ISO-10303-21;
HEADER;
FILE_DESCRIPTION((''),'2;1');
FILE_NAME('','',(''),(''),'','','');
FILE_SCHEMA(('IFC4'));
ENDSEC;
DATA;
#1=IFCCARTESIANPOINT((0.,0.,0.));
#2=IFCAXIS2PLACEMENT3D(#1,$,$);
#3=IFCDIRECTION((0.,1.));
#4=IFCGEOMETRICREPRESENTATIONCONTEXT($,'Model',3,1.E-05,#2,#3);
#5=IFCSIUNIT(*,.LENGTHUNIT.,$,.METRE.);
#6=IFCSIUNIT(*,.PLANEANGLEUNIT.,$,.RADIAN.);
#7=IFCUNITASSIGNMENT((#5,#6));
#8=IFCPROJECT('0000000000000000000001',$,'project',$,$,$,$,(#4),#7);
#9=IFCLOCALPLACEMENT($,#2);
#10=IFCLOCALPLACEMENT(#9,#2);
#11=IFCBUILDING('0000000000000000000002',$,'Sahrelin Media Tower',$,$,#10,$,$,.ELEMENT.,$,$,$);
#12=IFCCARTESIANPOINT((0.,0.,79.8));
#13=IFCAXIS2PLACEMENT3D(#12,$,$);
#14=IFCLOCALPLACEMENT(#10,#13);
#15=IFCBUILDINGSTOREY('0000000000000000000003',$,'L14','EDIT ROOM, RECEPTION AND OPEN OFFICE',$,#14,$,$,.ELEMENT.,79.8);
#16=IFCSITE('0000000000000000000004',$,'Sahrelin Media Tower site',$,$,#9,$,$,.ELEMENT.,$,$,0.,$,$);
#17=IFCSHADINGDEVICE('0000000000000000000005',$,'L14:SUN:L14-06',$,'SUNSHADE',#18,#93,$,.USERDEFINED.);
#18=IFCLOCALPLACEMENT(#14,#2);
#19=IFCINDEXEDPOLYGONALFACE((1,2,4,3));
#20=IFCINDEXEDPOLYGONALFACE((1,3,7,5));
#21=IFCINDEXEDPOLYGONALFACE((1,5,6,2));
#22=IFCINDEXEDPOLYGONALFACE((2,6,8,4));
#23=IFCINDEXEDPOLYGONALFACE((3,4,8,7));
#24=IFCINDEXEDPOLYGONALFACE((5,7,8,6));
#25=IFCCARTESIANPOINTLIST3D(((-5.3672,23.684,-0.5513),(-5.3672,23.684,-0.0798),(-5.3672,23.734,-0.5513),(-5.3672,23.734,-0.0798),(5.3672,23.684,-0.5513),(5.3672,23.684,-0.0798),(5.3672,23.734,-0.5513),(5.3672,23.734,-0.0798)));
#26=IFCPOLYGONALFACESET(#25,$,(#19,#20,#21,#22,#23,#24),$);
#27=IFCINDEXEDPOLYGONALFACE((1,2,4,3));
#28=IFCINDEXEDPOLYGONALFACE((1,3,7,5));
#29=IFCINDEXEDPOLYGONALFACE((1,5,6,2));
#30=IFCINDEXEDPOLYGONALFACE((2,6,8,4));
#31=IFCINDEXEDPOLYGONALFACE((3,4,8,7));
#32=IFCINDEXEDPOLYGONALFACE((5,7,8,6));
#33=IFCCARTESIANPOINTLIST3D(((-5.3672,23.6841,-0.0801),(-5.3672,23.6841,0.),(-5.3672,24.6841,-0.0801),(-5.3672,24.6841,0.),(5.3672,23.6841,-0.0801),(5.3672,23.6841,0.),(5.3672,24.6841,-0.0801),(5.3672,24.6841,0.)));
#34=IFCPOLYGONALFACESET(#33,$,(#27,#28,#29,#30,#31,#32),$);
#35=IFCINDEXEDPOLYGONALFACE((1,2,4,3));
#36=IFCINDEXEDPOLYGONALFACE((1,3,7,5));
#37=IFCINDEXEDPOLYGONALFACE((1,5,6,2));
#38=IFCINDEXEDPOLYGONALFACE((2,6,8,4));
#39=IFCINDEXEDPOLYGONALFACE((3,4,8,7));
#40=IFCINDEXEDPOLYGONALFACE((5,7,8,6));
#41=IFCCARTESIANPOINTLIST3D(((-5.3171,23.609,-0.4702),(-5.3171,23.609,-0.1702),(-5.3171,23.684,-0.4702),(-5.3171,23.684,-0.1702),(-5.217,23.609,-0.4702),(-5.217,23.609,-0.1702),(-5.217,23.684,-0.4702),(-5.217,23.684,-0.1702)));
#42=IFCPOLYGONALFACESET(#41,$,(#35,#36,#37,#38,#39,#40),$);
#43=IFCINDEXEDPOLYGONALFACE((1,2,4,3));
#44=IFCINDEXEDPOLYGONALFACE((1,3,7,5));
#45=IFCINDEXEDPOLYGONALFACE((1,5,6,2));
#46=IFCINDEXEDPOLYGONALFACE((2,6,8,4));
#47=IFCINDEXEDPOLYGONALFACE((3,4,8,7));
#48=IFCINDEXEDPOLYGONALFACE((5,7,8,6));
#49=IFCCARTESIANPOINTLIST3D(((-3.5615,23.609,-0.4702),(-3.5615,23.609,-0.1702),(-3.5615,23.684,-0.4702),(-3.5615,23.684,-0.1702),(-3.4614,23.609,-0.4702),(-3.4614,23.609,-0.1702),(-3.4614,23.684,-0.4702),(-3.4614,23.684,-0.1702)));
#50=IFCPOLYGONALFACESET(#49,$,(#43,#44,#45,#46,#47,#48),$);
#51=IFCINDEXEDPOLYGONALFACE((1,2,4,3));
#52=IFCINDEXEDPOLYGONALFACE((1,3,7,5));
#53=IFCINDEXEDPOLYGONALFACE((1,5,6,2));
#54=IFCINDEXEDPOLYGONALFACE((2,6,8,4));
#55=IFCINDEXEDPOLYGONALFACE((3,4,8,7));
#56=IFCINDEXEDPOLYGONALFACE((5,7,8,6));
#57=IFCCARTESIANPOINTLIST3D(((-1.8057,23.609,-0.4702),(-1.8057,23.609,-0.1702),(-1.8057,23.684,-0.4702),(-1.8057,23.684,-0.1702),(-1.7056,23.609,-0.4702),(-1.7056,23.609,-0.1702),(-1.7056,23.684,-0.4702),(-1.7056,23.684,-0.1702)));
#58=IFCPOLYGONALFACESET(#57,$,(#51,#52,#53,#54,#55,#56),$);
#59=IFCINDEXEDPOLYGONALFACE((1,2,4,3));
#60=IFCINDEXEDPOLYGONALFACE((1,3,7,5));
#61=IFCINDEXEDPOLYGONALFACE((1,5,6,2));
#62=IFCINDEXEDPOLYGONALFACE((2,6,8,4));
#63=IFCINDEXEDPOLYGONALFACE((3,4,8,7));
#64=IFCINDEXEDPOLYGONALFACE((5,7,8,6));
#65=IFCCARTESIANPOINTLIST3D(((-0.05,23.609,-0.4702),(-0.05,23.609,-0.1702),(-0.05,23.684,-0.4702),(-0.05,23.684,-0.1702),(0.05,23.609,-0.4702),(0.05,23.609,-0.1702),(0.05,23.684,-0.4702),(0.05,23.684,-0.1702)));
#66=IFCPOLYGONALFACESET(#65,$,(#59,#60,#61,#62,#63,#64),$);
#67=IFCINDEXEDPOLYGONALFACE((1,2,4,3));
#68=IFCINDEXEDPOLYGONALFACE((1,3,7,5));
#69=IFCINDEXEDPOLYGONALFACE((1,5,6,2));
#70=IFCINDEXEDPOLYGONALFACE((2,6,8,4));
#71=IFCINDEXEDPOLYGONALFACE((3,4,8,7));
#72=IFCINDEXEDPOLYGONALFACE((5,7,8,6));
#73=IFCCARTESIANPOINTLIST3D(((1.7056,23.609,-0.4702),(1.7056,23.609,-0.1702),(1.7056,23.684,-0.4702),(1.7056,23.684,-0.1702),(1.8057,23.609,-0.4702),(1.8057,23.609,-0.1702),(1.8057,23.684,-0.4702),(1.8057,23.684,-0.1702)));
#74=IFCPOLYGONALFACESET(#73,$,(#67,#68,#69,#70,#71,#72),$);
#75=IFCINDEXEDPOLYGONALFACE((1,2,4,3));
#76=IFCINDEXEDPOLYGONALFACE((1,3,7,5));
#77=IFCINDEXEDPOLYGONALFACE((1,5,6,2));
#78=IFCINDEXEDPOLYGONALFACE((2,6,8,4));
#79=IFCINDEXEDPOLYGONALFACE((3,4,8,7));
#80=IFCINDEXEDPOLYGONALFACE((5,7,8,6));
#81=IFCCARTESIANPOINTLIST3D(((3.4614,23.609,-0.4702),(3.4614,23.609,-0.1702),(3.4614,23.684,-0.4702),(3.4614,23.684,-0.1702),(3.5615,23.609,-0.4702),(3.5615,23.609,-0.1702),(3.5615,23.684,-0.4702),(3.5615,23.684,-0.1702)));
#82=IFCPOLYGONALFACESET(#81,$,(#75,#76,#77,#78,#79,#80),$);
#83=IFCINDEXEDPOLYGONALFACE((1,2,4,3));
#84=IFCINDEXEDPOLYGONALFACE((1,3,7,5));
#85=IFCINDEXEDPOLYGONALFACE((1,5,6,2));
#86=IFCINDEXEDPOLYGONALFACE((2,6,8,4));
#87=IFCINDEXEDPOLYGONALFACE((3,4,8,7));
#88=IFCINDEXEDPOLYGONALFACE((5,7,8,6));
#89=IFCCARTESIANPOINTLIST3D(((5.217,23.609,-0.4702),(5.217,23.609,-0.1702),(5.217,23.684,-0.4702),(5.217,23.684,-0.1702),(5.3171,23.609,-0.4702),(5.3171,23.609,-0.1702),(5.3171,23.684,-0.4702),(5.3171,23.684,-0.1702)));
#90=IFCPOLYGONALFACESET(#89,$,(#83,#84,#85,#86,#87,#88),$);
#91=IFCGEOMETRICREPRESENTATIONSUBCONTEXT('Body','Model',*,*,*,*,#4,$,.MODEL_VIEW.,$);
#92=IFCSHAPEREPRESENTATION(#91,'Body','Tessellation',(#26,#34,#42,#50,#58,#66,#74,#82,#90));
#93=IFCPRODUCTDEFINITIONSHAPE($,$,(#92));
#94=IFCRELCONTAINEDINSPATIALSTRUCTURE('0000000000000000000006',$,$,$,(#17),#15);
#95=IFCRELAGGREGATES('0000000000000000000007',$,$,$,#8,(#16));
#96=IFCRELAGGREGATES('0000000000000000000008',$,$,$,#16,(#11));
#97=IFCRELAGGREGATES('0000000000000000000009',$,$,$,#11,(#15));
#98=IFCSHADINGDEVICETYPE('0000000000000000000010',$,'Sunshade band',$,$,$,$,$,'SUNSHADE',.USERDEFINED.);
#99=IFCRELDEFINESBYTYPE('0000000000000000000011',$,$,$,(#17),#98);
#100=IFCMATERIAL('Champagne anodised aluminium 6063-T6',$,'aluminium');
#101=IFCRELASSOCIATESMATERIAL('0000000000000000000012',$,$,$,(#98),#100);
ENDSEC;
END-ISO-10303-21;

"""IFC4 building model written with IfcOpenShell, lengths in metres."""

from ifc_helpers import new_model, si_unit, direction, frame, origin, origin_2d, place, context, subcontext, project, spatial, rectangle, extrude, material, type_object, element, save


model = new_model("IFC4")

# Units and contexts
model_context = context("Model", 3, precision=1e-05, world=origin(), true_north=direction((0.0, 1.0)))
body_context = subcontext(model_context, "Body", "Model", "MODEL_VIEW")
ifc_project = project(units=[si_unit("LENGTHUNIT", "METRE"), si_unit("PLANEANGLEUNIT", "RADIAN")], contexts=[model_context])

# Site, building, storey
site_placement = place(None, origin())
site = spatial("IfcSite", under=ifc_project, at=site_placement, Name="Sahrelin Media Tower site", CompositionType="ELEMENT", RefElevation=0.0)
building_placement = place(site_placement, origin())
building = spatial("IfcBuilding", under=site, at=building_placement, Name="Sahrelin Media Tower", CompositionType="ELEMENT")
storey_placement = place(building_placement, frame((0.0, 0.0, 79.8)))
storey = spatial("IfcBuildingStorey", under=building, at=storey_placement, Name="L14", Description="EDIT ROOM, RECEPTION AND OPEN OFFICE", CompositionType="ELEMENT", Elevation=79.8)

# Shared definitions
ifc_material_1 = material(Name="Champagne anodised aluminium 6063-T6", Category="aluminium")
placement_1 = place(storey_placement, frame((0.0, 23.6641, 0.0), z_axis=(0.0, 0.0, 1.0), x_axis=(1.0, 0.0, 0.0)))

# Shading device
shading_device_type_1 = type_object("IfcShadingDeviceType", Name="Sunshade band", ElementType="SUNSHADE", PredefinedType="USERDEFINED", material=ifc_material_1)
element("IfcShadingDevice", 1, at=placement_1, inside=storey, type_object=shading_device_type_1, Name="L14:SUN:L14-06", ObjectType="SUNSHADE", PredefinedType="USERDEFINED", context=body_context, shape_type="SweptSolid", body=[
    extrude(rectangle(XDim=10.7344, YDim=0.05, at=origin_2d()), frame((0.0, 0.0449, -0.5513)), (0.0, 0.0, 1.0), 0.4714),
    extrude(rectangle(XDim=10.7344, YDim=1.0, at=origin_2d()), frame((0.0, 0.52, -0.0801)), (0.0, 0.0, 1.0), 0.0801),
    extrude(rectangle(XDim=0.1001, YDim=0.075, at=origin_2d()), frame((-5.2671, -0.0176, -0.4702)), (0.0, 0.0, 1.0), 0.3),
    extrude(rectangle(XDim=0.1001, YDim=0.075, at=origin_2d()), frame((-3.5115, -0.0176, -0.4702)), (0.0, 0.0, 1.0), 0.3),
    extrude(rectangle(XDim=0.1001, YDim=0.075, at=origin_2d()), frame((-1.7556, -0.0176, -0.4702)), (0.0, 0.0, 1.0), 0.3),
    extrude(rectangle(XDim=0.1001, YDim=0.075, at=origin_2d()), frame((0.0, -0.0176, -0.4702)), (0.0, 0.0, 1.0), 0.3),
    extrude(rectangle(XDim=0.1001, YDim=0.075, at=origin_2d()), frame((1.7556, -0.0176, -0.4702)), (0.0, 0.0, 1.0), 0.3),
    extrude(rectangle(XDim=0.1001, YDim=0.075, at=origin_2d()), frame((3.5115, -0.0176, -0.4702)), (0.0, 0.0, 1.0), 0.3),
    extrude(rectangle(XDim=0.1001, YDim=0.075, at=origin_2d()), frame((5.2671, -0.0176, -0.4702)), (0.0, 0.0, 1.0), 0.3),
])

save(model, "model.ifc")
